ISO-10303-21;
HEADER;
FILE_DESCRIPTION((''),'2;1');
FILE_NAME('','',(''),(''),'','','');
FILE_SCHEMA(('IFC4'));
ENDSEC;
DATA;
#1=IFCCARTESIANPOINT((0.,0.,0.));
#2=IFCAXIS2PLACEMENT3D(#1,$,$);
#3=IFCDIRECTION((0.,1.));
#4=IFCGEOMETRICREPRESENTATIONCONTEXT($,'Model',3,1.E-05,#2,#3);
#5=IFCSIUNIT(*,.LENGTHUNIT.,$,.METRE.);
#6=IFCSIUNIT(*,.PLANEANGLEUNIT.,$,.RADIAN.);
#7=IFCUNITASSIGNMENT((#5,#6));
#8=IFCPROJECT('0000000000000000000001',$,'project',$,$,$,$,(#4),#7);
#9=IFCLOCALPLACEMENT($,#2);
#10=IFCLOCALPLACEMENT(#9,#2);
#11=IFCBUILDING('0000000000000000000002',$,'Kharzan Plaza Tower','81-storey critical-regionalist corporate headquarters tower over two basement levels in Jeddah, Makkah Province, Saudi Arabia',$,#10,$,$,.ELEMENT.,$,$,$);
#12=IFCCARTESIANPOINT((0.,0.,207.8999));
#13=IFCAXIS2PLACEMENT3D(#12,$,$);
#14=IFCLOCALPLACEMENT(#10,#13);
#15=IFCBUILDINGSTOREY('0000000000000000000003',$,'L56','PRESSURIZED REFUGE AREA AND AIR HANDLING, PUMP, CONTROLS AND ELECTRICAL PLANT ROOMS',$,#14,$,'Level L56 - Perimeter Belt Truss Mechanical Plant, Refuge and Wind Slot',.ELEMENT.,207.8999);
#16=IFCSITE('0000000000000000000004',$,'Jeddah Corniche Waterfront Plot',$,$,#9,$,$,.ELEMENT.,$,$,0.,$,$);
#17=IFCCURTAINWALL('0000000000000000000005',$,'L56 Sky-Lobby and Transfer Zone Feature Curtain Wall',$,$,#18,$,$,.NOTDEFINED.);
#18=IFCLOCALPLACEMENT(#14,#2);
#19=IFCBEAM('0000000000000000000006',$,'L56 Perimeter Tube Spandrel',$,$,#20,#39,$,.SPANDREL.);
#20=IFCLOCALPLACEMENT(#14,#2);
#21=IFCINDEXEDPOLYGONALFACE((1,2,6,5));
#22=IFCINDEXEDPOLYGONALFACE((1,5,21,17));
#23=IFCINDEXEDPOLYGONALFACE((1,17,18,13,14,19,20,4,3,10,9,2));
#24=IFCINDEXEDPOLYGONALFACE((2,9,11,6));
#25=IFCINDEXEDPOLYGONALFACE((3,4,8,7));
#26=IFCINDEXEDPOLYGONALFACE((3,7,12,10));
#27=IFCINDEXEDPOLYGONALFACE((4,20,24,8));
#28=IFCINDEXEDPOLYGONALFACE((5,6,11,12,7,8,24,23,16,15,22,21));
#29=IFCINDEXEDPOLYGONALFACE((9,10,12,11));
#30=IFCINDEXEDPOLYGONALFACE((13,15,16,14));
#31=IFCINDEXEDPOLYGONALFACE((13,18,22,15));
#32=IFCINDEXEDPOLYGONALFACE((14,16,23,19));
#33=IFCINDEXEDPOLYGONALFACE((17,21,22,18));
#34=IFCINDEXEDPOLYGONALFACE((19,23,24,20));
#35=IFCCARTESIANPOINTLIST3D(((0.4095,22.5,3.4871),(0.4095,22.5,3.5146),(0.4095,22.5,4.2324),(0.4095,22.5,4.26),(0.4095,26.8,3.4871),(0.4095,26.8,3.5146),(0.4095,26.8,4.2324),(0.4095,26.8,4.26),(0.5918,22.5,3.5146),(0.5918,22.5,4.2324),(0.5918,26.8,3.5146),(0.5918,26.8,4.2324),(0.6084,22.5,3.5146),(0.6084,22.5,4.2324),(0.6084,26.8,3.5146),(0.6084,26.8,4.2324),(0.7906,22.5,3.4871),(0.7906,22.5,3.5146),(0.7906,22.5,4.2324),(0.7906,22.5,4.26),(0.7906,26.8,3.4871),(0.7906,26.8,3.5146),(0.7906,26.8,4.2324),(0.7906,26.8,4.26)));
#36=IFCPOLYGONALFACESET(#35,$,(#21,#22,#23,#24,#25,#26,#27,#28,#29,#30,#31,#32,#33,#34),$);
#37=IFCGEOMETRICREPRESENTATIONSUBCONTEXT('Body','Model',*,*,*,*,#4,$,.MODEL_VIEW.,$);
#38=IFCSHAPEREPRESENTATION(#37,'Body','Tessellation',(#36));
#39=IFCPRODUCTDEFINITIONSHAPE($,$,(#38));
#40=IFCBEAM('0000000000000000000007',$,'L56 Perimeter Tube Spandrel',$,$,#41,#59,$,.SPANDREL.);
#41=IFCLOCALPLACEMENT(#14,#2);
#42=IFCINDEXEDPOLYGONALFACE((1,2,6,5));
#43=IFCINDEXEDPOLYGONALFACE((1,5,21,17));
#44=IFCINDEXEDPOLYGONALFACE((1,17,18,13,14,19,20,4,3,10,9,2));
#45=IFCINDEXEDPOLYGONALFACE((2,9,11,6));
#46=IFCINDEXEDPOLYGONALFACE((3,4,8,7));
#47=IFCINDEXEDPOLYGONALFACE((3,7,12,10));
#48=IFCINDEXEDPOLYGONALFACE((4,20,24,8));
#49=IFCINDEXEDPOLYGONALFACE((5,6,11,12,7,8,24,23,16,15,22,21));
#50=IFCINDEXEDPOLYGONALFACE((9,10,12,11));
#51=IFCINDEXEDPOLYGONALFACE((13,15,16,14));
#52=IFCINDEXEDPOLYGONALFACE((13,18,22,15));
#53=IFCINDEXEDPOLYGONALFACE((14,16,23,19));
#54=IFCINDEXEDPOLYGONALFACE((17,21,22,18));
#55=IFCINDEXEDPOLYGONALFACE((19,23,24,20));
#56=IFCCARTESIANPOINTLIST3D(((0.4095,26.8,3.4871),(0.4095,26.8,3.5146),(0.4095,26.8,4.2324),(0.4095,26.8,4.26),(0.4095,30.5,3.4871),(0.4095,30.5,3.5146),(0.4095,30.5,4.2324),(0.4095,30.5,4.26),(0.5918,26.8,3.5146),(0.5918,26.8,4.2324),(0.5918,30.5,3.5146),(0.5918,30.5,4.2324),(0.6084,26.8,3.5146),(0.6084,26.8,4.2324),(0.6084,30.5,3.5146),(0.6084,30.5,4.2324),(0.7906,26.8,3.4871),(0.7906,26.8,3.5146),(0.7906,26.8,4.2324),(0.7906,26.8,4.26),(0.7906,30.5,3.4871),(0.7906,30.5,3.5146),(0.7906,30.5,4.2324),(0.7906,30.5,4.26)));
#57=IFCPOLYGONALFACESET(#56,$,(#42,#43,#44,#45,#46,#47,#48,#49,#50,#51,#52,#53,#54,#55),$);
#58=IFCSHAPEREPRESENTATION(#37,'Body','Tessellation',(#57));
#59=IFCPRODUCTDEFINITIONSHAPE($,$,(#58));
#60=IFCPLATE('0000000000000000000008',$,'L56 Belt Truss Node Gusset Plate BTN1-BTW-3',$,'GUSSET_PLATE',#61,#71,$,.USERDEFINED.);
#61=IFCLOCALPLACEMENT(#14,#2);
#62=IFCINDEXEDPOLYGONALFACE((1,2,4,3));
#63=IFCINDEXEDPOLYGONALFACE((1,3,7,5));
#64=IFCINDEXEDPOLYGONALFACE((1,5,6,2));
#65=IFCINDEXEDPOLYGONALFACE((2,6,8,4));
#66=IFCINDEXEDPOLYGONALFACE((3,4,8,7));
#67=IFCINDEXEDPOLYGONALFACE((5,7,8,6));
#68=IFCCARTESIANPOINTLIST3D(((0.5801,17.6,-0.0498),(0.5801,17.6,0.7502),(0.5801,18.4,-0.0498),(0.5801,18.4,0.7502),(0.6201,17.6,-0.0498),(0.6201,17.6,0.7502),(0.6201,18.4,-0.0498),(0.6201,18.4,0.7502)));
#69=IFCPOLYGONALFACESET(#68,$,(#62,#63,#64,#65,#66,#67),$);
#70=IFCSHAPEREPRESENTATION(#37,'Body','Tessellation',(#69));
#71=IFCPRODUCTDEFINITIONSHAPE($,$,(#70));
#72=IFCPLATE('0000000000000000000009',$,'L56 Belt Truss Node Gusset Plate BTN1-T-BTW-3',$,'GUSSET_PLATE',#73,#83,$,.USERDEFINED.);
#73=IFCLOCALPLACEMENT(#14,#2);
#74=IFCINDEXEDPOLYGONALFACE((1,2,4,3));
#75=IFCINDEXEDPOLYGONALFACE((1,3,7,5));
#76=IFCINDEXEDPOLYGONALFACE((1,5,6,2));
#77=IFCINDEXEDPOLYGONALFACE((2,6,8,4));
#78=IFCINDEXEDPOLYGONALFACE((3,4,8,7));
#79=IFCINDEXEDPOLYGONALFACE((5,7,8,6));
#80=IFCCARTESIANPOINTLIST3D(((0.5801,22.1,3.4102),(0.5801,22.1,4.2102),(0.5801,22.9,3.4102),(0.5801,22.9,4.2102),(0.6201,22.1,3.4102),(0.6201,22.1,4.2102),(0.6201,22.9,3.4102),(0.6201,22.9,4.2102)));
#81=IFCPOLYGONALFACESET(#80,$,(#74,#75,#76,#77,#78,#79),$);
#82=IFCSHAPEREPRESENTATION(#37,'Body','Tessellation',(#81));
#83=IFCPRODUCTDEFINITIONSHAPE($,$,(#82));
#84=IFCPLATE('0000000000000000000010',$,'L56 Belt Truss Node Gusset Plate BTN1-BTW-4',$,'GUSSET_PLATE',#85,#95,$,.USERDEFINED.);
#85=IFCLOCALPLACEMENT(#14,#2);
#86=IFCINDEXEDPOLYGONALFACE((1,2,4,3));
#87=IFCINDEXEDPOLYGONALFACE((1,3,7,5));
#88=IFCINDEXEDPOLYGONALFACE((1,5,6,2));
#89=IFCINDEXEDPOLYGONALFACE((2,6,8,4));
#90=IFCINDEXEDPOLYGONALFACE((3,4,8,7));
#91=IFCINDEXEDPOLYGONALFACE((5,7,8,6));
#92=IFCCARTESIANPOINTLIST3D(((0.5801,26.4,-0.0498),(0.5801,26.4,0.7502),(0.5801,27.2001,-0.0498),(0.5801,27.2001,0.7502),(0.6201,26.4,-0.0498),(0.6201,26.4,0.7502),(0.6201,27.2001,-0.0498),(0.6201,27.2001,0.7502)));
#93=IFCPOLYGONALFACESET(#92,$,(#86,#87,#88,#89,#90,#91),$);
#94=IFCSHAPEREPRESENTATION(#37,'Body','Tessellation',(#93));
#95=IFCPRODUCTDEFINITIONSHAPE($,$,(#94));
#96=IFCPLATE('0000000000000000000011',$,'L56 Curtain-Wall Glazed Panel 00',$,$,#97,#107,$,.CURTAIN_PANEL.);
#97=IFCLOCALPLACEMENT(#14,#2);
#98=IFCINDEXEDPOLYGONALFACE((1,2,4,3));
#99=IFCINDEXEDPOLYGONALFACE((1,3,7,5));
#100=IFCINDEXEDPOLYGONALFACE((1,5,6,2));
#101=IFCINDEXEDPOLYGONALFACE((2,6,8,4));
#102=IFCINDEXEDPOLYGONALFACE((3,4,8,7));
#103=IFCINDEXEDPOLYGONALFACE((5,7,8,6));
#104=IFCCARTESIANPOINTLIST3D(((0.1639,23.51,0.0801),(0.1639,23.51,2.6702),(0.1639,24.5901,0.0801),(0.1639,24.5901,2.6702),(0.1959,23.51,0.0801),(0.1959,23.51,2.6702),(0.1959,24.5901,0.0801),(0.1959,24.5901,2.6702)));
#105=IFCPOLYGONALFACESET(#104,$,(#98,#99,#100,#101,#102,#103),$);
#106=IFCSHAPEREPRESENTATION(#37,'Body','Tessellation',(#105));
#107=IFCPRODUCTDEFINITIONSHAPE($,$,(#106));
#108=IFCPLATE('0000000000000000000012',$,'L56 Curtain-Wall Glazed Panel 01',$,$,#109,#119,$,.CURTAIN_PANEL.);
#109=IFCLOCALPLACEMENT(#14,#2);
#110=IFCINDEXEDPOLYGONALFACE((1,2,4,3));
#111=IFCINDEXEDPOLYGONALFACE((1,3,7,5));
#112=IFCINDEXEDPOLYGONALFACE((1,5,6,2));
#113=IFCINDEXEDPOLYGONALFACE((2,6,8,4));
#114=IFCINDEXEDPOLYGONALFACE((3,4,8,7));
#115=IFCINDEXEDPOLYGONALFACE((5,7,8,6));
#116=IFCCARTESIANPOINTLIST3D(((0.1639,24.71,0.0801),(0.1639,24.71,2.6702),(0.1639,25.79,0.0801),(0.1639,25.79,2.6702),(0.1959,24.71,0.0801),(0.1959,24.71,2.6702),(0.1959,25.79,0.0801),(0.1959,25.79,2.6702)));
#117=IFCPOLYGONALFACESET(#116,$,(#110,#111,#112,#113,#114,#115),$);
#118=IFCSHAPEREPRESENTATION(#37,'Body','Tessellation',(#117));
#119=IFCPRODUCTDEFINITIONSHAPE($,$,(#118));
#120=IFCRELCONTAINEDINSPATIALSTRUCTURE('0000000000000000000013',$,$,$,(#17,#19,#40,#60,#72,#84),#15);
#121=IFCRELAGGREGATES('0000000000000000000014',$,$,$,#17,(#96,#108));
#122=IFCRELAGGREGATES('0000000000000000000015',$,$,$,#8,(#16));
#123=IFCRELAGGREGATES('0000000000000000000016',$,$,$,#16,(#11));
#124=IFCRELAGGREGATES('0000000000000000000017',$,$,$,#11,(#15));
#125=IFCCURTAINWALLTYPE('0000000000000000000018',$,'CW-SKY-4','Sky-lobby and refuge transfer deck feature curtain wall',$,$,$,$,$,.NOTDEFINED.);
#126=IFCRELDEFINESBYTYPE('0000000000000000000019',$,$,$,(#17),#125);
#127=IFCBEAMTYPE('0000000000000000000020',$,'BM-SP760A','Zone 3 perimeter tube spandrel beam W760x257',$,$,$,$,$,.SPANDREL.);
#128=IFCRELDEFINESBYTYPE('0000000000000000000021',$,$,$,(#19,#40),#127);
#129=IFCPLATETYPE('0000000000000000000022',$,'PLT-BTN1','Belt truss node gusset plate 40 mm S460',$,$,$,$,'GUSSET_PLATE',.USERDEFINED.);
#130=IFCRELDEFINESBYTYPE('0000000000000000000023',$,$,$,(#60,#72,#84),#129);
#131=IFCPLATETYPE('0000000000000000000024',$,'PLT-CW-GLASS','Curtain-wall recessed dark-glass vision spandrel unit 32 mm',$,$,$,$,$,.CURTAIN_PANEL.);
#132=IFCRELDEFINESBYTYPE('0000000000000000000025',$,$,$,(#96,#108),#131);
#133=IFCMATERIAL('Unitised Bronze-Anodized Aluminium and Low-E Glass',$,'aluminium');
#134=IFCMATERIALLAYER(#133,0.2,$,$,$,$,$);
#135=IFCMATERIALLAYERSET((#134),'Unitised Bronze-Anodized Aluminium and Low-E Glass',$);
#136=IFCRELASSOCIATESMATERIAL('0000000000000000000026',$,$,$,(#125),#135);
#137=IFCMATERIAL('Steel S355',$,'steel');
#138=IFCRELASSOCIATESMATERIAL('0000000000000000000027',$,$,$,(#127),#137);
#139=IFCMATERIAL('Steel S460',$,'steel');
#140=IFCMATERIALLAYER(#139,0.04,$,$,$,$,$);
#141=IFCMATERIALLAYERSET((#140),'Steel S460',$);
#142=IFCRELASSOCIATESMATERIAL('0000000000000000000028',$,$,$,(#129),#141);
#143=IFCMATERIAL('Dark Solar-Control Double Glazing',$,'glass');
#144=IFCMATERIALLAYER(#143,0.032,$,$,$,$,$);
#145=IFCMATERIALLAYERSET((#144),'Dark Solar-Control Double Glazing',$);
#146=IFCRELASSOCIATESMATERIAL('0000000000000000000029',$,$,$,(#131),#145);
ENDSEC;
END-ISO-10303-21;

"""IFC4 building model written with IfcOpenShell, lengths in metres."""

from ifc_helpers import new_model, si_unit, direction, frame, origin, origin_2d, place, context, subcontext, project, spatial, rectangle, i_section, extrude, source, transform, mapped, material, layer, layer_set, material_profile, profile_set, type_object, element, aggregate, save


model = new_model("IFC4")

# Units and contexts
model_context = context("Model", 3, precision=1e-05, world=origin(), true_north=direction((0.0, 1.0)))
body_context = subcontext(model_context, "Body", "Model", "MODEL_VIEW")
ifc_project = project(units=[si_unit("LENGTHUNIT", "METRE"), si_unit("PLANEANGLEUNIT", "RADIAN")], contexts=[model_context])

# Site, building, storey
site_placement = place(None, origin())
site = spatial("IfcSite", under=ifc_project, at=site_placement, Name="Jeddah Corniche Waterfront Plot", CompositionType="ELEMENT", RefElevation=0.0)
building_placement = place(site_placement, origin())
building = spatial("IfcBuilding", under=site, at=building_placement, Name="Kharzan Plaza Tower", Description="81-storey critical-regionalist corporate headquarters tower over two basement levels in Jeddah, Makkah Province, Saudi Arabia", CompositionType="ELEMENT")
storey_placement = place(building_placement, frame((0.0, 0.0, 207.8999)))
storey = spatial("IfcBuildingStorey", under=building, at=storey_placement, Name="L56", Description="PRESSURIZED REFUGE AREA AND AIR HANDLING, PUMP, CONTROLS AND ELECTRICAL PLANT ROOMS", LongName="Level L56 - Perimeter Belt Truss Mechanical Plant, Refuge and Wind Slot", CompositionType="ELEMENT", Elevation=207.8999)

# Shared definitions
ifc_material_1 = material(Name="Steel S355", Category="steel")

# Curtain wall
ifc_material_2 = material(Name="Unitised Bronze-Anodized Aluminium and Low-E Glass", Category="aluminium")
ifc_layer_1 = layer(ifc_material_2, 0.2)
ifc_layer_set_1 = layer_set([ifc_layer_1], Name="Unitised Bronze-Anodized Aluminium and Low-E Glass")
curtain_wall_type = type_object("IfcCurtainWallType", Name="CW-SKY-4", Description="Sky-lobby and refuge transfer deck feature curtain wall", PredefinedType="NOTDEFINED", material=ifc_layer_set_1)
curtain_wall_placement = place(storey_placement, origin())
curtain_wall = element("IfcCurtainWall", 1, at=curtain_wall_placement, inside=storey, type_object=curtain_wall_type, Name="L56 Sky-Lobby and Transfer Zone Feature Curtain Wall", PredefinedType="NOTDEFINED")

# Beams
ifc_material_profile_1 = material_profile(ifc_material_1, i_section(OverallWidth=0.3811, OverallDepth=0.7729, WebThickness=0.0166, FlangeThickness=0.0276, at=origin_2d()), Name="W760x257")
ifc_profile_set_1 = profile_set([ifc_material_profile_1], Name="Steel S355")
beam_type_1 = type_object("IfcBeamType", Name="BM-SP760A", Description="Zone 3 perimeter tube spandrel beam W760x257", PredefinedType="SPANDREL", material=ifc_profile_set_1)
shared_shape_1 = source(origin(), body_context, "Body", "SweptSolid", [
    extrude(i_section(OverallWidth=0.3811, OverallDepth=0.7729, WebThickness=0.0166, FlangeThickness=0.0276, at=origin_2d()), origin(), (0.0, 0.0, 1.0), 4.3),
])
beam_1_placement = place(storey_placement, frame((0.6001, 22.5, 3.8735), z_axis=(0.0, 1.0, 0.0), x_axis=(-1.0, 0.0, 0.0)))
element("IfcBeam", 2, at=beam_1_placement, inside=storey, type_object=beam_type_1, Name="L56 Perimeter Tube Spandrel", PredefinedType="SPANDREL", context=body_context, shape_type="MappedRepresentation", body=[
    mapped(shared_shape_1, transform((0.0, 0.0, 0.0), x_axis=(1.0, 0.0, 0.0), y_axis=(0.0, 1.0, 0.0), z_axis=(0.0, 0.0, 1.0))),
])
shared_shape_2 = source(origin(), body_context, "Body", "SweptSolid", [
    extrude(i_section(OverallWidth=0.3811, OverallDepth=0.7729, WebThickness=0.0166, FlangeThickness=0.0276, at=origin_2d()), origin(), (0.0, 0.0, 1.0), 3.7),
])
beam_2_placement = place(storey_placement, frame((0.6001, 26.8, 3.8735), z_axis=(0.0, 1.0, 0.0), x_axis=(-1.0, 0.0, 0.0)))
element("IfcBeam", 3, at=beam_2_placement, inside=storey, type_object=beam_type_1, Name="L56 Perimeter Tube Spandrel", PredefinedType="SPANDREL", context=body_context, shape_type="MappedRepresentation", body=[
    mapped(shared_shape_2, transform((0.0, 0.0, 0.0), x_axis=(1.0, 0.0, 0.0), y_axis=(0.0, 1.0, 0.0), z_axis=(0.0, 0.0, 1.0))),
])

# Plates
ifc_material_3 = material(Name="Steel S460", Category="steel")
ifc_layer_2 = layer(ifc_material_3, 0.04)
ifc_layer_set_2 = layer_set([ifc_layer_2], Name="Steel S460")
plate_type_1 = type_object("IfcPlateType", Name="PLT-BTN1", Description="Belt truss node gusset plate 40 mm S460", ElementType="GUSSET_PLATE", PredefinedType="USERDEFINED", material=ifc_layer_set_2)
shared_shape_3 = source(origin(), body_context, "Body", "SweptSolid", [
    extrude(rectangle(XDim=0.8, YDim=0.04, at=origin_2d()), origin(), (0.0, 0.0, 1.0), 0.8),
])
for number, where, z_axis, x_axis, name in (
    (4, (0.6001, 18.0, -0.0498), (0.0, 0.0, 1.0), (0.0, 1.0, 0.0), "L56 Belt Truss Node Gusset Plate BTN1-BTW-3"),
    (5, (0.6001, 22.5, 3.4102), (0.0, 0.0, 1.0), (0.0, 1.0, 0.0), "L56 Belt Truss Node Gusset Plate BTN1-T-BTW-3"),
    (6, (0.6001, 26.8, -0.0498), (0.0, 0.0, 1.0), (0.0, 1.0, 0.0), "L56 Belt Truss Node Gusset Plate BTN1-BTW-4"),
):
    element("IfcPlate", number, at=place(storey_placement, frame(where, z_axis=z_axis, x_axis=x_axis)), inside=storey, type_object=plate_type_1, Name=name, ObjectType="GUSSET_PLATE", PredefinedType="USERDEFINED", context=body_context, shape_type="MappedRepresentation", body=[
        mapped(shared_shape_3, transform((0.0, 0.0, 0.0), x_axis=(1.0, 0.0, 0.0), y_axis=(0.0, 1.0, 0.0), z_axis=(0.0, 0.0, 1.0))),
    ])

# Plates
ifc_material_4 = material(Name="Dark Solar-Control Double Glazing", Category="glass")
ifc_layer_3 = layer(ifc_material_4, 0.032)
ifc_layer_set_3 = layer_set([ifc_layer_3], Name="Dark Solar-Control Double Glazing")
plate_type_2 = type_object("IfcPlateType", Name="PLT-CW-GLASS", Description="Curtain-wall recessed dark-glass vision spandrel unit 32 mm", PredefinedType="CURTAIN_PANEL", material=ifc_layer_set_3)
shared_shape_4 = source(origin(), body_context, "Body", "SweptSolid", [
    extrude(rectangle(XDim=1.0801, YDim=0.032, at=origin_2d()), origin(), (0.0, 0.0, 1.0), 2.5901),
])
plate_1_placement = place(storey_placement, frame((0.1799, 24.05, 0.0801), z_axis=(0.0, 0.0, 1.0), x_axis=(0.0, 1.0, 0.0)))
plate_1 = element("IfcPlate", 7, at=plate_1_placement, type_object=plate_type_2, Name="L56 Curtain-Wall Glazed Panel 00", PredefinedType="CURTAIN_PANEL", context=body_context, shape_type="MappedRepresentation", body=[
    mapped(shared_shape_4, transform((0.0, 0.0, 0.0), x_axis=(1.0, 0.0, 0.0), y_axis=(0.0, 1.0, 0.0), z_axis=(0.0, 0.0, 1.0))),
])
plate_2_placement = place(storey_placement, frame((0.1799, 25.25, 0.0801), z_axis=(0.0, 0.0, 1.0), x_axis=(0.0, 1.0, 0.0)))
plate_2 = element("IfcPlate", 8, at=plate_2_placement, type_object=plate_type_2, Name="L56 Curtain-Wall Glazed Panel 01", PredefinedType="CURTAIN_PANEL", context=body_context, shape_type="MappedRepresentation", body=[
    mapped(shared_shape_4, transform((0.0, 0.0, 0.0), x_axis=(1.0, 0.0, 0.0), y_axis=(0.0, 1.0, 0.0), z_axis=(0.0, 0.0, 1.0))),
])
aggregate(curtain_wall, [plate_1, plate_2])

save(model, "model.ifc")
